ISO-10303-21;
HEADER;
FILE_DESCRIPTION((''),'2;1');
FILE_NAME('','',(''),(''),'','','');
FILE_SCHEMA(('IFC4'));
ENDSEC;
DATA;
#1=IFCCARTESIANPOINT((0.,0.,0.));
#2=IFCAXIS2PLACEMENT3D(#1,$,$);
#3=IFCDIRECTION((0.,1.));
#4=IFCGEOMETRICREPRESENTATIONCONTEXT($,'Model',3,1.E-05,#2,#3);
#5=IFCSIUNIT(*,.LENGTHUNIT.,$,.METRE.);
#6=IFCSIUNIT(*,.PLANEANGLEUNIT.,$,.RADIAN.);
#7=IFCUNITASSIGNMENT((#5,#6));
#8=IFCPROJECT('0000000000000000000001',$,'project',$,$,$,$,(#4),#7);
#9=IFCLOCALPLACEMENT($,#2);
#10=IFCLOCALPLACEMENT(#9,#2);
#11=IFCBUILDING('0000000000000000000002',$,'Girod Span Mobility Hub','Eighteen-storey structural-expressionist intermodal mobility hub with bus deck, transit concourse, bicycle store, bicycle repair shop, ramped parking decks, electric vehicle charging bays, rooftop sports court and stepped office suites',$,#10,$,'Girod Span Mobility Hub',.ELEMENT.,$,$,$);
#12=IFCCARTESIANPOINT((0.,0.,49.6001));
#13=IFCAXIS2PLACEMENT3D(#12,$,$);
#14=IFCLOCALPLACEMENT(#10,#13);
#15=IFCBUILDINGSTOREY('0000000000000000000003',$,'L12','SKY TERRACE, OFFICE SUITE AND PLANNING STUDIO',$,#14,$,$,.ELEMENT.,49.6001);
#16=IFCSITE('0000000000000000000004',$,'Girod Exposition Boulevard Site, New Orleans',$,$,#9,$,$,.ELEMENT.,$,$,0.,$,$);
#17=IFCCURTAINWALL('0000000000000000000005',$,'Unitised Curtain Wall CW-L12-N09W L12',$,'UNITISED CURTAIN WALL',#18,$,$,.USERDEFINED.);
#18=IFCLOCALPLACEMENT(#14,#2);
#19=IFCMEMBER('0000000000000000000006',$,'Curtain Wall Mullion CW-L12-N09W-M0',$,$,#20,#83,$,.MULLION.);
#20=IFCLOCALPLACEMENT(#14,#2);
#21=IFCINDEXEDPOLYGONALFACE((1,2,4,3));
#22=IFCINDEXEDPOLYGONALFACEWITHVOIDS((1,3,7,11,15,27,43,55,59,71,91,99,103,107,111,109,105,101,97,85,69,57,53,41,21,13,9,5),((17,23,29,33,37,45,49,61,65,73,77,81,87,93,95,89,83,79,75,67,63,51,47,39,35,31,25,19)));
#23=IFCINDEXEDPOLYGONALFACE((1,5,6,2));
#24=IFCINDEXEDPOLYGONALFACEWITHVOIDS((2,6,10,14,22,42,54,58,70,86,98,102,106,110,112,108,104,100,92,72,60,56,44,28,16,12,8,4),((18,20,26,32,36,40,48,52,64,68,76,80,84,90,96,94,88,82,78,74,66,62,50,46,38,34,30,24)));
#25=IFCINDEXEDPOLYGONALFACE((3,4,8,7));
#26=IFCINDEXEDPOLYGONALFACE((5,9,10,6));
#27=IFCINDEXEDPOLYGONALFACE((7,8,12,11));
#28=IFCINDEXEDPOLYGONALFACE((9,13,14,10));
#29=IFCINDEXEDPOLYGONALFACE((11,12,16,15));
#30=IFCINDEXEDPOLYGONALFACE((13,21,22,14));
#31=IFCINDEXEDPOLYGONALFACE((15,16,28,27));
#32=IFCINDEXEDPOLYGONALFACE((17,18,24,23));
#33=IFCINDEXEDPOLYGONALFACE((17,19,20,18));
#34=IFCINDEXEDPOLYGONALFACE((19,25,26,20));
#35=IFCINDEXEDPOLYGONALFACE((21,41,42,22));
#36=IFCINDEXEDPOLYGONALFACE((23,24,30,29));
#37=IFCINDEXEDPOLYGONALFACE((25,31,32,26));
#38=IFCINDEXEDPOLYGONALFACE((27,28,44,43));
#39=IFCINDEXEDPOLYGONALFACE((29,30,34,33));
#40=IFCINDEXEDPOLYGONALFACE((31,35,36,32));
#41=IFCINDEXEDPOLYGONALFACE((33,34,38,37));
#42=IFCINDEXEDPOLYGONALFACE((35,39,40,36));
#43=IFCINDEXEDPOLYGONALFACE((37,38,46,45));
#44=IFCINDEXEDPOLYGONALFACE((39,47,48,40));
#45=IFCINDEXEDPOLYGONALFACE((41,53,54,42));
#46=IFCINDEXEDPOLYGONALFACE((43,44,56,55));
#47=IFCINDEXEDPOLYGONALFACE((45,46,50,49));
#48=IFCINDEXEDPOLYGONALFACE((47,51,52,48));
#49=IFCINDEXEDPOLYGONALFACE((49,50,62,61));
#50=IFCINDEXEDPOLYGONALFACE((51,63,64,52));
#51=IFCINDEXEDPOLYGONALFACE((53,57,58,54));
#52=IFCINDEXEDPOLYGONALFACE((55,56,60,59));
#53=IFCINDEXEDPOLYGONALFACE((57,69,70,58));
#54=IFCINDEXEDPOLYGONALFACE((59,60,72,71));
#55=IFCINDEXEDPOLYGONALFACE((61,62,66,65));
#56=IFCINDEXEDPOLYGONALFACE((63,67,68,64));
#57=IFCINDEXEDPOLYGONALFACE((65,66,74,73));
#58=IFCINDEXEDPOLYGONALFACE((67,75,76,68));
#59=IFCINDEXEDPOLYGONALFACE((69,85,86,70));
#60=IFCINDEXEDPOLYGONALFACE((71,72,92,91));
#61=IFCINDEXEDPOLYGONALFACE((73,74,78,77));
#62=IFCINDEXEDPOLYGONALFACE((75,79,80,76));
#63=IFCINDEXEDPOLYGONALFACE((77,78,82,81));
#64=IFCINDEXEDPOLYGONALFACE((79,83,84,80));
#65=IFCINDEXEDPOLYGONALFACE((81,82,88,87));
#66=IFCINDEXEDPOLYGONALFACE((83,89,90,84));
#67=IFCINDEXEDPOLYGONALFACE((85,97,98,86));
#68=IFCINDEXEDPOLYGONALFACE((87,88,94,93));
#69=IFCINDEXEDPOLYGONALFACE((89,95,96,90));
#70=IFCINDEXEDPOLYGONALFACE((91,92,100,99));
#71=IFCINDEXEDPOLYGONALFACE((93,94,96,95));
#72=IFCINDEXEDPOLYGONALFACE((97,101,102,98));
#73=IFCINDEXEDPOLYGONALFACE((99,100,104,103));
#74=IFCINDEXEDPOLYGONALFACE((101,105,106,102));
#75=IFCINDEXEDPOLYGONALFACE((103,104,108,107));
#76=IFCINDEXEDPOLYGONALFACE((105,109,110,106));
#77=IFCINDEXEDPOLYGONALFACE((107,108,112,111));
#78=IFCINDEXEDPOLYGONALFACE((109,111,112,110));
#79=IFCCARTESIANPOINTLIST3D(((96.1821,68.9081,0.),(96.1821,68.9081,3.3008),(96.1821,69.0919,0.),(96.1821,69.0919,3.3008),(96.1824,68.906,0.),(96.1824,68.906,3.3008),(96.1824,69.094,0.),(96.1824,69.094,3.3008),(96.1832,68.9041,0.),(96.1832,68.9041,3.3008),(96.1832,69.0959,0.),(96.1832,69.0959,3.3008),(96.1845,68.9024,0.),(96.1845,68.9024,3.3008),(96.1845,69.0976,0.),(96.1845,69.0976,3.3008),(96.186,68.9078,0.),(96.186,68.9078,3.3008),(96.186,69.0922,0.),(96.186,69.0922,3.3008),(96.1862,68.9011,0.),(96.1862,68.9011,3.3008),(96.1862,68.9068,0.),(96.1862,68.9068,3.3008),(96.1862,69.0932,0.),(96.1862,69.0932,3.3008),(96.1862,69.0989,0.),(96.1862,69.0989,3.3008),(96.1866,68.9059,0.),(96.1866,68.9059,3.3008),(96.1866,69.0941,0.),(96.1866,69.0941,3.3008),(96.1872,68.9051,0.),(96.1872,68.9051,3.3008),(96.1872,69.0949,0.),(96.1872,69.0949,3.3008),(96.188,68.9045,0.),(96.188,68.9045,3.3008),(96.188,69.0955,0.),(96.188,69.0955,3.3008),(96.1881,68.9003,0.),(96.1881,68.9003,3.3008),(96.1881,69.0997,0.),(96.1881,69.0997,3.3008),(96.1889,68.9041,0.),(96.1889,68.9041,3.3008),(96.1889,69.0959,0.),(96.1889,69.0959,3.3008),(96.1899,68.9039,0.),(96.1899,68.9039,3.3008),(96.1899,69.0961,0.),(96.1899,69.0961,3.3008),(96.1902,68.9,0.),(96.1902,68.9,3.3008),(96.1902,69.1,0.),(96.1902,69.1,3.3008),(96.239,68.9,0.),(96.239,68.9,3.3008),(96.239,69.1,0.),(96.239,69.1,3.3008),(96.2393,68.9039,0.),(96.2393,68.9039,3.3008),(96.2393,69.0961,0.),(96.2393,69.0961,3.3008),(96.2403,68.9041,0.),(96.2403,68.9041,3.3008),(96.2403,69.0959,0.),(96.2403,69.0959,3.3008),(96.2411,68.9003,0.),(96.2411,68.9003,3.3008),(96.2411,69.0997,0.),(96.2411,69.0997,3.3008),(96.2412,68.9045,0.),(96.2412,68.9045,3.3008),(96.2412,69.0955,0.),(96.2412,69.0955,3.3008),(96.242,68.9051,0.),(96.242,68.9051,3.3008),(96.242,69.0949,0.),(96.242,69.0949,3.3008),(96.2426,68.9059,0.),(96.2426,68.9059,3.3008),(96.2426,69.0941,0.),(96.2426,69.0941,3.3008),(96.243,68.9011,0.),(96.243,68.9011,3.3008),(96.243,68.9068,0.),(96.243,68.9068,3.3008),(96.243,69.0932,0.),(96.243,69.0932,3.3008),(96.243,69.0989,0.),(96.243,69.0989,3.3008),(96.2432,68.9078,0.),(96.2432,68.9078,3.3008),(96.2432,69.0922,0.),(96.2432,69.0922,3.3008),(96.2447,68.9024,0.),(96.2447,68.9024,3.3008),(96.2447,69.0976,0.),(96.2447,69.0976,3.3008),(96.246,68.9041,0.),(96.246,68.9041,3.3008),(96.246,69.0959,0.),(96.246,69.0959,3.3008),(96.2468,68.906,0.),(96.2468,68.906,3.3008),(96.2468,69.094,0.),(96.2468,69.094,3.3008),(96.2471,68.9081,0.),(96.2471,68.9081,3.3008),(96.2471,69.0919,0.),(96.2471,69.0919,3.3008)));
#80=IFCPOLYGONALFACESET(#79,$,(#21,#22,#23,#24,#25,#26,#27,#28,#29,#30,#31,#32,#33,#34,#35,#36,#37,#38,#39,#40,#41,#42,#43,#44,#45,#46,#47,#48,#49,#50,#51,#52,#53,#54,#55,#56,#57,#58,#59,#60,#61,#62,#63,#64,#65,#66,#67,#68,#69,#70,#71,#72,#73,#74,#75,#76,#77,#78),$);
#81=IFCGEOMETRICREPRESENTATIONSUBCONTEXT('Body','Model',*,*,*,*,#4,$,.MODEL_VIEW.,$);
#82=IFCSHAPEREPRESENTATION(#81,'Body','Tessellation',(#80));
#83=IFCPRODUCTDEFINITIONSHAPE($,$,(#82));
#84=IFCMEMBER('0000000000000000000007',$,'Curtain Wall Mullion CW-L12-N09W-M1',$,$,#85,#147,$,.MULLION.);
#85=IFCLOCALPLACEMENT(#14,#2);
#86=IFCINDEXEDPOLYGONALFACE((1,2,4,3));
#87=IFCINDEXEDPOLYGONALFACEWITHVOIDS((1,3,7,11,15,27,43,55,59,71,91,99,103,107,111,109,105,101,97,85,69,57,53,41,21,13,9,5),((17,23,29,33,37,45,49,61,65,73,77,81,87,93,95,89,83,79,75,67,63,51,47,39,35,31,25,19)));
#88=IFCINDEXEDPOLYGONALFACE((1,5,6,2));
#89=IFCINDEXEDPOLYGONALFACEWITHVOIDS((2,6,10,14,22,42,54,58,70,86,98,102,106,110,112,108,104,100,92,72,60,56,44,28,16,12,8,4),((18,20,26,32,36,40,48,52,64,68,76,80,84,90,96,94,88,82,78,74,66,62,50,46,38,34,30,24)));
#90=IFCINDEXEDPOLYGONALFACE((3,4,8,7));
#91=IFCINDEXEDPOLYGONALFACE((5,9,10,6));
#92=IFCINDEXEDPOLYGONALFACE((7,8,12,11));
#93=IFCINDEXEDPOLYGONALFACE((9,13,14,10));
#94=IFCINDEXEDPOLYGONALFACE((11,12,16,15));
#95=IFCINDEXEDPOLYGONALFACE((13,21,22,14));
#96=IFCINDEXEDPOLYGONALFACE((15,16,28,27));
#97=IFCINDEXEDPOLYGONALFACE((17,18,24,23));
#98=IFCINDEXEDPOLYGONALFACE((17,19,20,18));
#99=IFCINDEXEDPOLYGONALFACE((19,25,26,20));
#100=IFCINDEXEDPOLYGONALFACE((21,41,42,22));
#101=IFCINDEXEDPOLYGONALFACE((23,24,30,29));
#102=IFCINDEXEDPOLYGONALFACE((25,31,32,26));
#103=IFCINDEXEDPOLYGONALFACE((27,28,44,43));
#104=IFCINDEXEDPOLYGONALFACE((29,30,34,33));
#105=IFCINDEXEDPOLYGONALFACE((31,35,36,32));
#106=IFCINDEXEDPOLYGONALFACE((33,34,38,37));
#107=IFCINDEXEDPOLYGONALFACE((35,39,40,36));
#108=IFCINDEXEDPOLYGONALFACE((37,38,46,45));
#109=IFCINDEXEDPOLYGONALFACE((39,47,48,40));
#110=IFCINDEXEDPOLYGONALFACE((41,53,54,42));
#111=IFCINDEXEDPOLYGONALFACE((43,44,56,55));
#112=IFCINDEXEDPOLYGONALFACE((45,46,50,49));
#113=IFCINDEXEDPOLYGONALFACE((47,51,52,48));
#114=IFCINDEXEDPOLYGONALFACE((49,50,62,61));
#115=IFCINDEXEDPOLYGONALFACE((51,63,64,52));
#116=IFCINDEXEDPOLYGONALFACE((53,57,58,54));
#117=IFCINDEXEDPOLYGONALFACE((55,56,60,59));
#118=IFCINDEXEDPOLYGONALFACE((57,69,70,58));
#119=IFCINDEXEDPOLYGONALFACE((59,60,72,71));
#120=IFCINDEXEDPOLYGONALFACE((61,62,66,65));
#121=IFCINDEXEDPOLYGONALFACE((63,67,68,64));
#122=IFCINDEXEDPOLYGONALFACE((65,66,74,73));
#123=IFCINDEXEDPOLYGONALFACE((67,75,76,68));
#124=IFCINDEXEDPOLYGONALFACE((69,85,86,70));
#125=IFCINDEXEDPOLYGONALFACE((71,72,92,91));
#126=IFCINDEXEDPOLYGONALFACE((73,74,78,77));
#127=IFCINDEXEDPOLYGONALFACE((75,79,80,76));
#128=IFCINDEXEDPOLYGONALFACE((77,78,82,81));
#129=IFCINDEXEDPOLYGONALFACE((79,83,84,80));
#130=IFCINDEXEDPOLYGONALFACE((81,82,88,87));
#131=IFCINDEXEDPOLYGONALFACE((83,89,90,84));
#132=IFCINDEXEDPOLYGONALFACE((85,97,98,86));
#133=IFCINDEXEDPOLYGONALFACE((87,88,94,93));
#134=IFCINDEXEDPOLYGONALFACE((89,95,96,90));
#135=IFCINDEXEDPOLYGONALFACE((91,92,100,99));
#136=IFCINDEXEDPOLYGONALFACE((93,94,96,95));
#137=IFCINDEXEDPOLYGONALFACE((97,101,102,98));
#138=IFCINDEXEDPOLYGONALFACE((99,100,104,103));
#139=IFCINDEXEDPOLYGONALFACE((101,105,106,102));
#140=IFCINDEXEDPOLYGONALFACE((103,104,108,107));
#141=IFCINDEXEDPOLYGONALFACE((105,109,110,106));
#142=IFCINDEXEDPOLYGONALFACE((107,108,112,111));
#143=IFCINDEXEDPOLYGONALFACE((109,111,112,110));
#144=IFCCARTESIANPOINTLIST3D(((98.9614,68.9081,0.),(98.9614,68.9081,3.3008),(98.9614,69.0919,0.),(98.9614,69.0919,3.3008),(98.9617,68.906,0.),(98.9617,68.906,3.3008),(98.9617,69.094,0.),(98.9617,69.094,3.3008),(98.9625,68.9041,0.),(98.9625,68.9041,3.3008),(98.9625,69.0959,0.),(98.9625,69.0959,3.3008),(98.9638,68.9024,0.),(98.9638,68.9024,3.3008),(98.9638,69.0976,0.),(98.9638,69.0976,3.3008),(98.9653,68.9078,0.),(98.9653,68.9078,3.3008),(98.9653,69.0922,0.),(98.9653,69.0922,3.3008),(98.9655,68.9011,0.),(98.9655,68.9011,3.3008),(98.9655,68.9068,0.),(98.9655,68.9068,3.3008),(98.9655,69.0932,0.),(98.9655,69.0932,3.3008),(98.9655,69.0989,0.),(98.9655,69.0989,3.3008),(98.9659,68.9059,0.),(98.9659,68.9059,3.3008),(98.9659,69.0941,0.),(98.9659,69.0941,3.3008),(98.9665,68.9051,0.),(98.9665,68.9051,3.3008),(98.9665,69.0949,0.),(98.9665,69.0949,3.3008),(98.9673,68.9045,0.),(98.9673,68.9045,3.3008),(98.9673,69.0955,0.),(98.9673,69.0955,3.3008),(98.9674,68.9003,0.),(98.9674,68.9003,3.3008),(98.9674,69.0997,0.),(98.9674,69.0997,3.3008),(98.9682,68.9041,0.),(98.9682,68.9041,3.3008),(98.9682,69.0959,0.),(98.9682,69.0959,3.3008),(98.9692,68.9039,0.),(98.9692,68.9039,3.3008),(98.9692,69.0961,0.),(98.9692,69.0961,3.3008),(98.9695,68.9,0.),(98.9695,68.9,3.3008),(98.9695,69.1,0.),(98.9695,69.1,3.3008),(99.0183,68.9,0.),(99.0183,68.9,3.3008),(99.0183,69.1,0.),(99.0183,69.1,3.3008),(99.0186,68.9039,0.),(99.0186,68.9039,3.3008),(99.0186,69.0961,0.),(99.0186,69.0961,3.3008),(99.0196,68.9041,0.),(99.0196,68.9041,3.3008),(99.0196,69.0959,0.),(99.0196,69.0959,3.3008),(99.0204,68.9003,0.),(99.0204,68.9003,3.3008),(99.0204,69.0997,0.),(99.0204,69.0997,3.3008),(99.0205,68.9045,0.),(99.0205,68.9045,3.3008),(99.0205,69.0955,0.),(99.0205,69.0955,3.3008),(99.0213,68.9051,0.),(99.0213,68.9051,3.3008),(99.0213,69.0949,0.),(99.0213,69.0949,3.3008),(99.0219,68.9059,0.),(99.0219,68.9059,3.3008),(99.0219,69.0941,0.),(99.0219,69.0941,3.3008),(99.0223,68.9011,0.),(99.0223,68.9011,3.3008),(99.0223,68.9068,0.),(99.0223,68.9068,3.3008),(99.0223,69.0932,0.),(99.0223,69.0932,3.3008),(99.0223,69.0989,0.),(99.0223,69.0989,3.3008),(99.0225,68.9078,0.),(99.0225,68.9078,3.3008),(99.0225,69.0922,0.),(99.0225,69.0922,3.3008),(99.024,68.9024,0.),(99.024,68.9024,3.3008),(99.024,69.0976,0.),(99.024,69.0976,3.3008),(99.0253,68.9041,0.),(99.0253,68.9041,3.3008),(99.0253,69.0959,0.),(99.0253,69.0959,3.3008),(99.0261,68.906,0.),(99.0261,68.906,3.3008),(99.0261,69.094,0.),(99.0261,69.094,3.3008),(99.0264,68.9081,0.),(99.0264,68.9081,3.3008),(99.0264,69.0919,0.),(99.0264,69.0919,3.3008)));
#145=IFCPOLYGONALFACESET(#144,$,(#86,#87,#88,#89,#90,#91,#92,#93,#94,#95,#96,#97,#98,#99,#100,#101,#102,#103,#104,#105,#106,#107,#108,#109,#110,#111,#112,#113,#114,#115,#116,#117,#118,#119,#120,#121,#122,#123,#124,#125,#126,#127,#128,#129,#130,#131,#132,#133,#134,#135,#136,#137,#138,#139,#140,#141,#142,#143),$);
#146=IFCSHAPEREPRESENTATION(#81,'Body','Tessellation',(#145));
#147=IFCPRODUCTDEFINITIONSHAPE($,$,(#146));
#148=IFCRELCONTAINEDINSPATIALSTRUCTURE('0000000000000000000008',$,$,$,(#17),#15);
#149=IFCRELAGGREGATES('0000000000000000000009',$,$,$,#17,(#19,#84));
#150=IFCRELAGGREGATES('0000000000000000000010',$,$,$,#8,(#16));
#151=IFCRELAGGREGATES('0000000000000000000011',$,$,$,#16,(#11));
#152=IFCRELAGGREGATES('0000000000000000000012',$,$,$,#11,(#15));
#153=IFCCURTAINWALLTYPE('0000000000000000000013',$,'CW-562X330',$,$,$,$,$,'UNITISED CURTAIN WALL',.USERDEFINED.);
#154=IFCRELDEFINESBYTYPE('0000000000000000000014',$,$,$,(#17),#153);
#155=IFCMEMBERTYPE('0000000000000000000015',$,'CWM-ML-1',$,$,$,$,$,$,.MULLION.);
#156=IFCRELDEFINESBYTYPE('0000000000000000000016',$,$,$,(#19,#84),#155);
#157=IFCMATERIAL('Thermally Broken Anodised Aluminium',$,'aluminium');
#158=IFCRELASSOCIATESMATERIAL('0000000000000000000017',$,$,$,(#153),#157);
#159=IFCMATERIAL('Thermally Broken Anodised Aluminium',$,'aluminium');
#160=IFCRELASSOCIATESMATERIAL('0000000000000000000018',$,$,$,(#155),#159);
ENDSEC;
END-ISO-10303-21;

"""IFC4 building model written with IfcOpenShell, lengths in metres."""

from ifc_helpers import new_model, si_unit, direction, frame, origin, origin_2d, place, context, subcontext, project, spatial, hollow_rectangle, extrude, material, material_profile, profile_set, type_object, element, aggregate, save


model = new_model("IFC4")

# Units and contexts
model_context = context("Model", 3, precision=1e-05, world=origin(), true_north=direction((0.0, 1.0)))
body_context = subcontext(model_context, "Body", "Model", "MODEL_VIEW")
ifc_project = project(units=[si_unit("LENGTHUNIT", "METRE"), si_unit("PLANEANGLEUNIT", "RADIAN")], contexts=[model_context])

# Site, building, storey
site_placement = place(None, origin())
site = spatial("IfcSite", under=ifc_project, at=site_placement, Name="Girod Exposition Boulevard Site, New Orleans", CompositionType="ELEMENT", RefElevation=0.0)
building_placement = place(site_placement, origin())
building = spatial("IfcBuilding", under=site, at=building_placement, Name="Girod Span Mobility Hub", Description="Eighteen-storey structural-expressionist intermodal mobility hub with bus deck, transit concourse, bicycle store, bicycle repair shop, ramped parking decks, electric vehicle charging bays, rooftop sports court and stepped office suites", LongName="Girod Span Mobility Hub", CompositionType="ELEMENT")
storey_placement = place(building_placement, frame((0.0, 0.0, 49.6001)))
storey = spatial("IfcBuildingStorey", under=building, at=storey_placement, Name="L12", Description="SKY TERRACE, OFFICE SUITE AND PLANNING STUDIO", CompositionType="ELEMENT", Elevation=49.6001)

# Curtain wall, members
ifc_material_1 = material(Name="Thermally Broken Anodised Aluminium", Category="aluminium")
curtain_wall_type = type_object("IfcCurtainWallType", Name="CW-562X330", ElementType="UNITISED CURTAIN WALL", PredefinedType="USERDEFINED", material=ifc_material_1)
ifc_material_2 = material(Name="Thermally Broken Anodised Aluminium", Category="aluminium")
ifc_material_profile_1 = material_profile(ifc_material_2, hollow_rectangle(XDim=0.2, YDim=0.0649, WallThickness=0.0039, InnerFilletRadius=0.0039, OuterFilletRadius=0.0081, at=origin_2d()), Name="CW-ML-65X200")
ifc_profile_set_1 = profile_set([ifc_material_profile_1], Name="Thermally Broken Anodised Aluminium")
member_type_1 = type_object("IfcMemberType", Name="CWM-ML-1", PredefinedType="MULLION", material=ifc_profile_set_1)
curtain_wall_1_placement = place(storey_placement, origin())
curtain_wall_1 = element("IfcCurtainWall", 1, at=curtain_wall_1_placement, inside=storey, type_object=curtain_wall_type, Name="Unitised Curtain Wall CW-L12-N09W L12", ObjectType="UNITISED CURTAIN WALL", PredefinedType="USERDEFINED")
member_1_placement = place(storey_placement, frame((96.2146, 69.0, 0.0), z_axis=(0.0, 0.0, 1.0), x_axis=(0.0, 1.0, 0.0)))
member_1 = element("IfcMember", 2, at=member_1_placement, type_object=member_type_1, Name="Curtain Wall Mullion CW-L12-N09W-M0", PredefinedType="MULLION", context=body_context, shape_type="SweptSolid", body=[
    extrude(hollow_rectangle(XDim=0.2, YDim=0.0649, WallThickness=0.0039, InnerFilletRadius=0.0039, OuterFilletRadius=0.0081, at=origin_2d()), origin(), (0.0, 0.0, 1.0), 3.3008),
])
member_2_placement = place(storey_placement, frame((98.9939, 69.0, 0.0), z_axis=(0.0, 0.0, 1.0), x_axis=(0.0, 1.0, 0.0)))
member_2 = element("IfcMember", 3, at=member_2_placement, type_object=member_type_1, Name="Curtain Wall Mullion CW-L12-N09W-M1", PredefinedType="MULLION", context=body_context, shape_type="SweptSolid", body=[
    extrude(hollow_rectangle(XDim=0.2, YDim=0.0649, WallThickness=0.0039, InnerFilletRadius=0.0039, OuterFilletRadius=0.0081, at=origin_2d()), origin(), (0.0, 0.0, 1.0), 3.3008),
])

aggregate(curtain_wall_1, [member_1, member_2])

save(model, "model.ifc")
